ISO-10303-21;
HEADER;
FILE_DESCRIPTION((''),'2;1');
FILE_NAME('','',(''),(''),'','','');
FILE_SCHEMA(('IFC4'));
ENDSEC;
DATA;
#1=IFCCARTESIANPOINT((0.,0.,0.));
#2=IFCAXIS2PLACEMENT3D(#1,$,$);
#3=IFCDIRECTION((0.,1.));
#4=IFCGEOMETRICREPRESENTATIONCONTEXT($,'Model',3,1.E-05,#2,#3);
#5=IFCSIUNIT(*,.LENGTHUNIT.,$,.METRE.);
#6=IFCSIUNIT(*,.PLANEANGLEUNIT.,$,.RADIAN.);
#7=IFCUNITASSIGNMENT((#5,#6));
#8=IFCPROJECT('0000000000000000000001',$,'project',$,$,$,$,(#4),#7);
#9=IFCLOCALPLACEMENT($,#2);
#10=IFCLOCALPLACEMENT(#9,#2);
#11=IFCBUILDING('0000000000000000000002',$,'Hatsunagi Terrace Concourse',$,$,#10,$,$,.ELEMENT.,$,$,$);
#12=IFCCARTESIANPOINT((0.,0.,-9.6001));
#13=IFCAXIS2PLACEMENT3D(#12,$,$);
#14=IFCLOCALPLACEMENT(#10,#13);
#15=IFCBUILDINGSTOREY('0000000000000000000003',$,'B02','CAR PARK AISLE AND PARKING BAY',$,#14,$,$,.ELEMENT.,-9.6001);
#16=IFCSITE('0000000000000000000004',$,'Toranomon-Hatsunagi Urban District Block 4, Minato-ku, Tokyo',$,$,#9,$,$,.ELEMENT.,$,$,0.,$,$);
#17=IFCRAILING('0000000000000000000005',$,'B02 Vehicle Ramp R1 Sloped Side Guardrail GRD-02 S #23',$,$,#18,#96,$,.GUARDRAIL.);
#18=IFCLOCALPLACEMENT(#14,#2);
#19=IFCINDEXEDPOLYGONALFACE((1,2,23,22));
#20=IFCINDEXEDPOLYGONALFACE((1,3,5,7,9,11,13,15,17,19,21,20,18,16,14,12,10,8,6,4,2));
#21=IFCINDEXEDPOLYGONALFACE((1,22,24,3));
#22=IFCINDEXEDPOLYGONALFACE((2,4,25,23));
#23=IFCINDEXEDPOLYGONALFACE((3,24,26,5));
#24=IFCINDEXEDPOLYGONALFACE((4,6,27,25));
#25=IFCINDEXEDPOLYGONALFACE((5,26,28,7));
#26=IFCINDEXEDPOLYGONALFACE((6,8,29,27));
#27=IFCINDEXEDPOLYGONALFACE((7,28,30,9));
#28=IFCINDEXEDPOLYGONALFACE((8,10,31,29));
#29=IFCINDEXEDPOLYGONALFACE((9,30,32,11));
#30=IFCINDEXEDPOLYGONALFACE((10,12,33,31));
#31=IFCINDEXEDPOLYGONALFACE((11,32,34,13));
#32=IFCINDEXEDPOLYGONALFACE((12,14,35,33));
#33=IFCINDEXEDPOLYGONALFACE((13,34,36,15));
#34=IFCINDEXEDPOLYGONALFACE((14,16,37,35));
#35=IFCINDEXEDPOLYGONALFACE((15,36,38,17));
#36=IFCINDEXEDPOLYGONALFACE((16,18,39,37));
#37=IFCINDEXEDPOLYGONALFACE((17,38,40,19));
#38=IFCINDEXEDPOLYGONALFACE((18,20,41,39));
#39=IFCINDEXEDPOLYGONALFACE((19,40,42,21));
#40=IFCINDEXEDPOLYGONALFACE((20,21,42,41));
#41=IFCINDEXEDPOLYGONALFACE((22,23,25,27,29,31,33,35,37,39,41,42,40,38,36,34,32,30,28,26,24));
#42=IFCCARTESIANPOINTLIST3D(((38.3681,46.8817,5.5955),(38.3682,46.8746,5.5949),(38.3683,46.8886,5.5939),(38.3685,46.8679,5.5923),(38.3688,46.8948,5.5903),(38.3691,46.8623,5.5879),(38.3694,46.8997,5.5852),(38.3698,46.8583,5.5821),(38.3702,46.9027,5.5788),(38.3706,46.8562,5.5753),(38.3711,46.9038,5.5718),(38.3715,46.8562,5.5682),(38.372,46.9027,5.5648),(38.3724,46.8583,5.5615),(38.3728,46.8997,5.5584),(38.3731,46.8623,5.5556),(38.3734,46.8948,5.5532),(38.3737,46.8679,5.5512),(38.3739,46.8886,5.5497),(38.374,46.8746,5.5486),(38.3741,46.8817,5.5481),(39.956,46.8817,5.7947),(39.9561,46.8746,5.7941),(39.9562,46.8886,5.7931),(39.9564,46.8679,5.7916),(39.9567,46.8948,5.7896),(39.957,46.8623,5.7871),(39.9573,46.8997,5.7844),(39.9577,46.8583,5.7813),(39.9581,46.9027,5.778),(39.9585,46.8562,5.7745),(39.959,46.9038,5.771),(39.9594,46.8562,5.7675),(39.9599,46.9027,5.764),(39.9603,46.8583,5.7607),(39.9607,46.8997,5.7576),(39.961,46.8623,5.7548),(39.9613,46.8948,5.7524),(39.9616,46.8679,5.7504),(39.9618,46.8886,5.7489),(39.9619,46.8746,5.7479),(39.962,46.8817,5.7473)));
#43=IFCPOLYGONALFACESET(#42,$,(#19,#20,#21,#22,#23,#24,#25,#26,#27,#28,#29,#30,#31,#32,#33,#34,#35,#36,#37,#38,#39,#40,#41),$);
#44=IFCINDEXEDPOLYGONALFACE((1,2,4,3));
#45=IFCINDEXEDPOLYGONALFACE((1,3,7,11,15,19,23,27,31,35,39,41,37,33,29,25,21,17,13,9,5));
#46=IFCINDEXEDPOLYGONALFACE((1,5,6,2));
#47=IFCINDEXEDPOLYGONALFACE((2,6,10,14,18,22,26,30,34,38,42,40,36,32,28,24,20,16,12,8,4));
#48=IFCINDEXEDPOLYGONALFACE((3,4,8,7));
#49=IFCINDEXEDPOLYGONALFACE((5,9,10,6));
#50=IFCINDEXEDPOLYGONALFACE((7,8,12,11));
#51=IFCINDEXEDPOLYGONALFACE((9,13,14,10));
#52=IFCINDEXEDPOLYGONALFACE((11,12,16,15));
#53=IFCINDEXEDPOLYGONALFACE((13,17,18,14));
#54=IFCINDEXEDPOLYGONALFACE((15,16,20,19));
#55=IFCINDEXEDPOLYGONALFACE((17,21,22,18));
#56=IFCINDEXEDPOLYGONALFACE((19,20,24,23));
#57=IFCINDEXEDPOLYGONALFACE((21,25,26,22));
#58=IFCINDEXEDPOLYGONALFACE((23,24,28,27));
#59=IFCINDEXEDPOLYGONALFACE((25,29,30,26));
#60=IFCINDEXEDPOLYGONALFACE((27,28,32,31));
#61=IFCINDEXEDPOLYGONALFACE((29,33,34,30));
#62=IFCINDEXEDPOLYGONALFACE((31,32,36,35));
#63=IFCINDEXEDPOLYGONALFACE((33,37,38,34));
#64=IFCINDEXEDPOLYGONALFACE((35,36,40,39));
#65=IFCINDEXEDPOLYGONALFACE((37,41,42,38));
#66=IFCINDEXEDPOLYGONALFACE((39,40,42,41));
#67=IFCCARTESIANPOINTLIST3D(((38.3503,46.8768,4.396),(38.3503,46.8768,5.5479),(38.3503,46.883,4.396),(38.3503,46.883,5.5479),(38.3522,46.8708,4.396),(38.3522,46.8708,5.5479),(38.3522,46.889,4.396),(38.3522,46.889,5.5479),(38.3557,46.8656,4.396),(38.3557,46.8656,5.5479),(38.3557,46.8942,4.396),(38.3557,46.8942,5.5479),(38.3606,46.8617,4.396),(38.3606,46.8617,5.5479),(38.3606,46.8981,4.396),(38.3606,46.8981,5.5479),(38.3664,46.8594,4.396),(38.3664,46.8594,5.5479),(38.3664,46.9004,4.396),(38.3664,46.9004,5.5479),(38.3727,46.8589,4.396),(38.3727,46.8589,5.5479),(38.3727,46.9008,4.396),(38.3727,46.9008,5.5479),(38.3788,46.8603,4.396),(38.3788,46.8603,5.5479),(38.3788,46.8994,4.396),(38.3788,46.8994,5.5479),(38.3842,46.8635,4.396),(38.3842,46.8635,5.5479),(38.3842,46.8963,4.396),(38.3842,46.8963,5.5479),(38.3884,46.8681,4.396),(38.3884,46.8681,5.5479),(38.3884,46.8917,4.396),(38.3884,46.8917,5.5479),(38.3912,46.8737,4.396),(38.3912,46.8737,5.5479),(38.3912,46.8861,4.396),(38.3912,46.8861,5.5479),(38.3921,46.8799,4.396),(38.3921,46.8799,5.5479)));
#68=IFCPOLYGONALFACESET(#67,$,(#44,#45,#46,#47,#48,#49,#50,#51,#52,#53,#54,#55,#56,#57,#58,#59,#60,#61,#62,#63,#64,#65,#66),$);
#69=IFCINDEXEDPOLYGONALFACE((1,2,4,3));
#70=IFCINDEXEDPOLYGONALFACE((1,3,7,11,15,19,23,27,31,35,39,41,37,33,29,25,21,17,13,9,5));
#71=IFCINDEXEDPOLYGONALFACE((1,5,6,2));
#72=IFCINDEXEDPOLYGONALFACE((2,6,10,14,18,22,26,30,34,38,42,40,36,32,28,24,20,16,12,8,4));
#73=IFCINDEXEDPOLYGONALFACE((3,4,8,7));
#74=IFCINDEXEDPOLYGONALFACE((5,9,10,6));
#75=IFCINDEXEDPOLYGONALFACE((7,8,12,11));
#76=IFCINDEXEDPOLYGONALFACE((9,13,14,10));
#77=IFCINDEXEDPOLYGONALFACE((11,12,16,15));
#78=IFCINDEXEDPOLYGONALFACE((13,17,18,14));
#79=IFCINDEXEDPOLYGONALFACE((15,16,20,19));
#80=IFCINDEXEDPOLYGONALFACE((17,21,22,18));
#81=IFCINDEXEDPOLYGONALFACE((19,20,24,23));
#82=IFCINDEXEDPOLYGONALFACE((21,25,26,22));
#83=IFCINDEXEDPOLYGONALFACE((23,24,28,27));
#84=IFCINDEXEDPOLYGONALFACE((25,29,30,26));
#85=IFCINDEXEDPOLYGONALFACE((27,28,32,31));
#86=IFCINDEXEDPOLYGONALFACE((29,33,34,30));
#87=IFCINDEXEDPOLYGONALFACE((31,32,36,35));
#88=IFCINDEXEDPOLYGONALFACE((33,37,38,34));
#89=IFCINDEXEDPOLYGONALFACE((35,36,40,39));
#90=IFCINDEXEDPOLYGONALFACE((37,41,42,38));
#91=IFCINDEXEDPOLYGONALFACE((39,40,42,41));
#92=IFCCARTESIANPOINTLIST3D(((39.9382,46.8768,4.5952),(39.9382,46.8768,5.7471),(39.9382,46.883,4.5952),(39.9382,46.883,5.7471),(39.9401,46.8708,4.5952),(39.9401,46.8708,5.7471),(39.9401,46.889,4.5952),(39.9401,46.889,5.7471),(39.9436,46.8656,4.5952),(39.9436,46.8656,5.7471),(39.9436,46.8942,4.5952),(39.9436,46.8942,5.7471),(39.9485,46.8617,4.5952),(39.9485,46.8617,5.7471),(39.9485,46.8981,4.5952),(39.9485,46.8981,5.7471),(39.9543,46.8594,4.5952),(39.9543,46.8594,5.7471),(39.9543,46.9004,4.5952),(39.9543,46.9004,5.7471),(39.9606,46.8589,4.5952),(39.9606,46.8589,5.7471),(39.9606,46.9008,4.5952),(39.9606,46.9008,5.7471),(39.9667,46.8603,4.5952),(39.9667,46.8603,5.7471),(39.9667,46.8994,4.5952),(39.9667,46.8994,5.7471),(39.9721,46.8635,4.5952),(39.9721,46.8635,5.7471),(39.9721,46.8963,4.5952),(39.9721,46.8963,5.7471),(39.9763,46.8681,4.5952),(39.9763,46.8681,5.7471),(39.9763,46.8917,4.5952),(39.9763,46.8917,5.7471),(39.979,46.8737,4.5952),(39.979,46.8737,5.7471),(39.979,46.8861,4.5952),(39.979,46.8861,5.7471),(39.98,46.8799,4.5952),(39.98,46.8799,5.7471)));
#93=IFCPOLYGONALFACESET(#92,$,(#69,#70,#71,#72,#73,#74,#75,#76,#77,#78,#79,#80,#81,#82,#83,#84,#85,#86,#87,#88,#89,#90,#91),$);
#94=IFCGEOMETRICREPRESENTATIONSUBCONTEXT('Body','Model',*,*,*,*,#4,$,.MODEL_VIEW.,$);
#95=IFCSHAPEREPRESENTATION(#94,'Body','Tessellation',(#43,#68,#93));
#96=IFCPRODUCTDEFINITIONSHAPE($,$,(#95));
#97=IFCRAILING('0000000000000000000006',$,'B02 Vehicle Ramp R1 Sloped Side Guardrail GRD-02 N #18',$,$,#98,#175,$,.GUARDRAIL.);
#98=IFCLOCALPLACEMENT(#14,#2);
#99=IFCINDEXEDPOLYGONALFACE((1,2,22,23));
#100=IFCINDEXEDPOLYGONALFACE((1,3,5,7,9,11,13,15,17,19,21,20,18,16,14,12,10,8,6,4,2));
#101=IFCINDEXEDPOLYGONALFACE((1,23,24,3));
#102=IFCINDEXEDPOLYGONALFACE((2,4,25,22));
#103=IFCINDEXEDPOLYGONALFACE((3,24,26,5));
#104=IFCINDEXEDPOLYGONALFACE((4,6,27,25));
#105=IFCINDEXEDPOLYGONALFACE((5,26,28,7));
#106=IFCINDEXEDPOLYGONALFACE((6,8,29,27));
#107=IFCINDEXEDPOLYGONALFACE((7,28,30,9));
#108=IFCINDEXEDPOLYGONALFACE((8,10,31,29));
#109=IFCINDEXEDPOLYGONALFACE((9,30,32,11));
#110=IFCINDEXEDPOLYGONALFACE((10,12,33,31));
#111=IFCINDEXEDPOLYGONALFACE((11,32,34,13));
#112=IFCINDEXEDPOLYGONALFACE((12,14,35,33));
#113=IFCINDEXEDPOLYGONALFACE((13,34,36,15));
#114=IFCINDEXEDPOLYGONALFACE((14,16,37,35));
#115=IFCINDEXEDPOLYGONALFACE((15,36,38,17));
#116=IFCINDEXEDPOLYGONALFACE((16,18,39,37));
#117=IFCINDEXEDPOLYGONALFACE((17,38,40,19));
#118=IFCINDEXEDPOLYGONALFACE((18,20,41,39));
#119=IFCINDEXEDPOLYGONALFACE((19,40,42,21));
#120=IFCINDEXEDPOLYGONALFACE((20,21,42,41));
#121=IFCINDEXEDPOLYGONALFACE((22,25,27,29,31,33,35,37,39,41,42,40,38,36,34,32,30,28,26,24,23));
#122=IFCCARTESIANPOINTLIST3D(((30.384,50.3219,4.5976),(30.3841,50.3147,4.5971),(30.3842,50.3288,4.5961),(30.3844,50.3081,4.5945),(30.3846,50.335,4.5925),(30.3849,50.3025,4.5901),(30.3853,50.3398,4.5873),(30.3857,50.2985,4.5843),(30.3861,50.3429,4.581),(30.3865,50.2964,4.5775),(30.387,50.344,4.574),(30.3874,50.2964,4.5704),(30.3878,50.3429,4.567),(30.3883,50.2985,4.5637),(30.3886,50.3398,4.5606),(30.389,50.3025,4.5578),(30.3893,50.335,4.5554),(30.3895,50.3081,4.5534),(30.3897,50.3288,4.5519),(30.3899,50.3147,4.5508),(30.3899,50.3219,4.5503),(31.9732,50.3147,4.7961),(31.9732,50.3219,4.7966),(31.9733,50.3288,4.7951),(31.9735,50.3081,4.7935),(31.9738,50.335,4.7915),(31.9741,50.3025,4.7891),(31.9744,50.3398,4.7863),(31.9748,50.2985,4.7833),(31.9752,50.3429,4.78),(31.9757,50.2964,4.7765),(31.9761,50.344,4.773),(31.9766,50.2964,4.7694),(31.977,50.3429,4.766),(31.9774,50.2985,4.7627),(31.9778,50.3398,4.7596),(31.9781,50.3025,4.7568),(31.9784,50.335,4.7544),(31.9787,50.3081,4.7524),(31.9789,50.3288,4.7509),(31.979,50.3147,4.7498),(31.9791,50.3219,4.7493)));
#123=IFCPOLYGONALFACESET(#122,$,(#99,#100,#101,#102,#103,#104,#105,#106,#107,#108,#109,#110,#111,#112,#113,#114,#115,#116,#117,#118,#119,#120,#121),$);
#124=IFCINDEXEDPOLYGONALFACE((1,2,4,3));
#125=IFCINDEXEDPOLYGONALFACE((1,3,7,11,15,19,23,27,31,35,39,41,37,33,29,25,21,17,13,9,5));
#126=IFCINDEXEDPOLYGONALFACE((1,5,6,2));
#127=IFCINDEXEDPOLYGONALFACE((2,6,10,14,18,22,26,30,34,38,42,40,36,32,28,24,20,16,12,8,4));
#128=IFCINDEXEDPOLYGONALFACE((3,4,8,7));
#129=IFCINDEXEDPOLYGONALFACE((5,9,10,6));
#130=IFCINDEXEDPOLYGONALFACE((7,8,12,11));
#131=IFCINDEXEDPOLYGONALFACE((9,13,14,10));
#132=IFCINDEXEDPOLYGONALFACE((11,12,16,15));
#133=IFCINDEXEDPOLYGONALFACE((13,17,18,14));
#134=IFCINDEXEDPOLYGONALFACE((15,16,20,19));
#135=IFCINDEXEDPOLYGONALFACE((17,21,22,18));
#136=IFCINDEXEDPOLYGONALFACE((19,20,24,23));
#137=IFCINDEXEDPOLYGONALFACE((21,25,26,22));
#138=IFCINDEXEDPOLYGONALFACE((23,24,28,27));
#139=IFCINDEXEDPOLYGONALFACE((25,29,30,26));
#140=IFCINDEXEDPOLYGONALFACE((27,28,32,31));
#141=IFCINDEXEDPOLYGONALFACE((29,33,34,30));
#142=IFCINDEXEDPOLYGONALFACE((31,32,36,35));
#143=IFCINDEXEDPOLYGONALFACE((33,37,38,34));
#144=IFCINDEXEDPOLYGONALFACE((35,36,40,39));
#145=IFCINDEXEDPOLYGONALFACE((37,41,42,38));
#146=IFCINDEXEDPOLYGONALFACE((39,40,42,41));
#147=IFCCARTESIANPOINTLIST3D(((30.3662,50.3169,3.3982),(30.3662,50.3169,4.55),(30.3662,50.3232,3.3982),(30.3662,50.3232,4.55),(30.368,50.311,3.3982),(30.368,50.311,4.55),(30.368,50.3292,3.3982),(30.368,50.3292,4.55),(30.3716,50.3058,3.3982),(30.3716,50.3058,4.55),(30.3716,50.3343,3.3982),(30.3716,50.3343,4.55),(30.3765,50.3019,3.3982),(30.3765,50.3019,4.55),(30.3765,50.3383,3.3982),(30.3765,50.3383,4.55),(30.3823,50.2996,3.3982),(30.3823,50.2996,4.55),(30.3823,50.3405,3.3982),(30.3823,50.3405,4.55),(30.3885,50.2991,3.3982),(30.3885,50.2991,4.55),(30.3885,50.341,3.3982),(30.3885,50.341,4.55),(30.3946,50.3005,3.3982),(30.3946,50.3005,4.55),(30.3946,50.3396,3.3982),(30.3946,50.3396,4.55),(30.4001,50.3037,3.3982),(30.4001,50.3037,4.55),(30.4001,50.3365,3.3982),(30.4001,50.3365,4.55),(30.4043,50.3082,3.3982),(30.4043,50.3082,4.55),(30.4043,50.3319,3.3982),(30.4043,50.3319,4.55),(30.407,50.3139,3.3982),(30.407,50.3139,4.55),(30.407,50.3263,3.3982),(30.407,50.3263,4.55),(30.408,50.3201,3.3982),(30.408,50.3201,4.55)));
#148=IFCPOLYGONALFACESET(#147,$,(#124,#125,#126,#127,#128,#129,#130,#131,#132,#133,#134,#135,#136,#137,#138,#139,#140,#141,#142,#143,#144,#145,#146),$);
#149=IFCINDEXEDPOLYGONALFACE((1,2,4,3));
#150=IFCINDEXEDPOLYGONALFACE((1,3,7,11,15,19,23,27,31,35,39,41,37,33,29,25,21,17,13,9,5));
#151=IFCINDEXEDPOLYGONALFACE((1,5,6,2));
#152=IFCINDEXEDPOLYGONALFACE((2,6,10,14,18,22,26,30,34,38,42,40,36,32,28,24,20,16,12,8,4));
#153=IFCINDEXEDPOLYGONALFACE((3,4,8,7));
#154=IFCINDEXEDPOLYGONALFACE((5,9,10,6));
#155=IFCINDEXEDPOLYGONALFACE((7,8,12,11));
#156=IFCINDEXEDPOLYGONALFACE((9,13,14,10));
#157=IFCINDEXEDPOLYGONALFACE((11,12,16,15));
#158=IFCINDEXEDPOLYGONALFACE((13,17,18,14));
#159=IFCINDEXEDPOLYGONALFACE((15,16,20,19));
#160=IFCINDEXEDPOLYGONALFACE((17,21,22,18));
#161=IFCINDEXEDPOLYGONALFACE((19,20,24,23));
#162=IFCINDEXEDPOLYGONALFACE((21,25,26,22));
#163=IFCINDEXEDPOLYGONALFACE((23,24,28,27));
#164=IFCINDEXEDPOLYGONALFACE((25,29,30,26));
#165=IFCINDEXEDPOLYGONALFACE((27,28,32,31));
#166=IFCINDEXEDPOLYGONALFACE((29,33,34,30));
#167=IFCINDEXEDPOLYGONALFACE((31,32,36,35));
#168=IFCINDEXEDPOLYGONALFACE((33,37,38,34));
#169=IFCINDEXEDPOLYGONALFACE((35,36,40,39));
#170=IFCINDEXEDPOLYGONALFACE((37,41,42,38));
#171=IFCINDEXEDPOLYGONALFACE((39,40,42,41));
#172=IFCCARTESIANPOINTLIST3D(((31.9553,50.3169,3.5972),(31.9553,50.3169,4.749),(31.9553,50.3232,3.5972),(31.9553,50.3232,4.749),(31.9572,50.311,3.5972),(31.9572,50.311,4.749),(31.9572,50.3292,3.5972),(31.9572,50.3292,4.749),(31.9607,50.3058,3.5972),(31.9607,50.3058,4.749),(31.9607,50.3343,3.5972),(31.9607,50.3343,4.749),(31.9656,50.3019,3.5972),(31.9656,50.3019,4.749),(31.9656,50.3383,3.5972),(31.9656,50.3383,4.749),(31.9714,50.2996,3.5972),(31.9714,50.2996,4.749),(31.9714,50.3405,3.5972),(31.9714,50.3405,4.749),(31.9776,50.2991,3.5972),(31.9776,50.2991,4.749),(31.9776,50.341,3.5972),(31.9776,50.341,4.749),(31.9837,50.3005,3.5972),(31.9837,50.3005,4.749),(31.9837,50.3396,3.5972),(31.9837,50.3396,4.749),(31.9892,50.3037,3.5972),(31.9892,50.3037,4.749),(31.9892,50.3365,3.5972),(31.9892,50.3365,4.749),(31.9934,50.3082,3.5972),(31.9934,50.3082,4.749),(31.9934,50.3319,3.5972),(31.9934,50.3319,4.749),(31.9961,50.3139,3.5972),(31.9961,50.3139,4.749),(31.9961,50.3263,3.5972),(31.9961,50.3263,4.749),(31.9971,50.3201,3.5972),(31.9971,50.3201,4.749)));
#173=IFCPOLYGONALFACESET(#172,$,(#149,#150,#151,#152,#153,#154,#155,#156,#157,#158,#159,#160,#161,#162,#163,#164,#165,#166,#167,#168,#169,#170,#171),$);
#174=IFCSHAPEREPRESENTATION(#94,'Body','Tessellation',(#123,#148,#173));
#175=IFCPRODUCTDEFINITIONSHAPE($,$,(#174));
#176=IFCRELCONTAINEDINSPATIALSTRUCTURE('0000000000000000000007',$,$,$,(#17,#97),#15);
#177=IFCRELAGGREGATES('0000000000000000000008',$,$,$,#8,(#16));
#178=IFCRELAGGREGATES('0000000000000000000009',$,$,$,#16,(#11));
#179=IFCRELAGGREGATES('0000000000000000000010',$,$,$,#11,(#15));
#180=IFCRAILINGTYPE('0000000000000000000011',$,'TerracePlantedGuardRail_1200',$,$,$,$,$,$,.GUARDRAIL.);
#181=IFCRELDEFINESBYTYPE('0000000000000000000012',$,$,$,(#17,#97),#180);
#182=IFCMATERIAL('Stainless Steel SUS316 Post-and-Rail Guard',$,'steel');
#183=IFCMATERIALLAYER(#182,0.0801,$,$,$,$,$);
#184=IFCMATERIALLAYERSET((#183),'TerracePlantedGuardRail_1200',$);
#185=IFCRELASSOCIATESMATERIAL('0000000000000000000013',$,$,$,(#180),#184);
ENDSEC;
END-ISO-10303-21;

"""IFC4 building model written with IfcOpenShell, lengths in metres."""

from ifc_helpers import new_model, si_unit, direction, frame, origin, origin_2d, place, context, subcontext, project, spatial, circle, extrude, material, layer, layer_set, type_object, element, save


model = new_model("IFC4")

# Units and contexts
model_context = context("Model", 3, precision=1e-05, world=origin(), true_north=direction((0.0, 1.0)))
body_context = subcontext(model_context, "Body", "Model", "MODEL_VIEW")
ifc_project = project(units=[si_unit("LENGTHUNIT", "METRE"), si_unit("PLANEANGLEUNIT", "RADIAN")], contexts=[model_context])

# Site, building, storey
site_placement = place(None, origin())
site = spatial("IfcSite", under=ifc_project, at=site_placement, Name="Toranomon-Hatsunagi Urban District Block 4, Minato-ku, Tokyo", CompositionType="ELEMENT", RefElevation=0.0)
building_placement = place(site_placement, origin())
building = spatial("IfcBuilding", under=site, at=building_placement, Name="Hatsunagi Terrace Concourse", CompositionType="ELEMENT")
storey_placement = place(building_placement, frame((0.0, 0.0, -9.6001)))
storey = spatial("IfcBuildingStorey", under=building, at=storey_placement, Name="B02", Description="CAR PARK AISLE AND PARKING BAY", CompositionType="ELEMENT", Elevation=-9.6001)

# Railings
ifc_material_1 = material(Name="Stainless Steel SUS316 Post-and-Rail Guard", Category="steel")
ifc_layer_1 = layer(ifc_material_1, 0.0801)
ifc_layer_set_1 = layer_set([ifc_layer_1], Name="TerracePlantedGuardRail_1200")
railing_type = type_object("IfcRailingType", Name="TerracePlantedGuardRail_1200", PredefinedType="GUARDRAIL", material=ifc_layer_set_1)
railing_1_placement = place(storey_placement, frame((38.3711, 46.8799, 4.396)))
element("IfcRailing", 1, at=railing_1_placement, inside=storey, type_object=railing_type, Name="B02 Vehicle Ramp R1 Sloped Side Guardrail GRD-02 S #23", PredefinedType="GUARDRAIL", context=body_context, shape_type="SweptSolid", body=[
    extrude(circle(Radius=0.0239, at=origin_2d()), frame((0.0, 0.0, 1.1758), z_axis=(0.992221, 0.0, 0.124485), x_axis=(0.0, 1.0, 0.0)), (0.0, 0.0, 1.0), 1.6003),
    extrude(circle(Radius=0.021, at=origin_2d()), origin(), (0.0, 0.0, 1.0), 1.1519),
    extrude(circle(Radius=0.021, at=origin_2d()), frame((1.5879, 0.0, 0.1992)), (0.0, 0.0, 1.0), 1.1519),
])
for number, where, name in (
    (2, (30.387, 50.3201, 3.3982), "B02 Vehicle Ramp R1 Sloped Side Guardrail GRD-02 N #18"),
):
    element("IfcRailing", number, at=place(storey_placement, frame(where)), inside=storey, type_object=railing_type, Name=name, PredefinedType="GUARDRAIL", context=body_context, shape_type="SweptSolid", body=[
        extrude(circle(Radius=0.0239, at=origin_2d()), frame((0.0, 0.0, 1.1758), z_axis=(0.992252, 0.0, 0.124241), x_axis=(0.0, 1.0, 0.0)), (0.0, 0.0, 1.0), 1.6016),
        extrude(circle(Radius=0.021, at=origin_2d()), origin(), (0.0, 0.0, 1.0), 1.1519),
        extrude(circle(Radius=0.021, at=origin_2d()), frame((1.5891, 0.0, 0.199)), (0.0, 0.0, 1.0), 1.1519),
    ])

save(model, "model.ifc")
